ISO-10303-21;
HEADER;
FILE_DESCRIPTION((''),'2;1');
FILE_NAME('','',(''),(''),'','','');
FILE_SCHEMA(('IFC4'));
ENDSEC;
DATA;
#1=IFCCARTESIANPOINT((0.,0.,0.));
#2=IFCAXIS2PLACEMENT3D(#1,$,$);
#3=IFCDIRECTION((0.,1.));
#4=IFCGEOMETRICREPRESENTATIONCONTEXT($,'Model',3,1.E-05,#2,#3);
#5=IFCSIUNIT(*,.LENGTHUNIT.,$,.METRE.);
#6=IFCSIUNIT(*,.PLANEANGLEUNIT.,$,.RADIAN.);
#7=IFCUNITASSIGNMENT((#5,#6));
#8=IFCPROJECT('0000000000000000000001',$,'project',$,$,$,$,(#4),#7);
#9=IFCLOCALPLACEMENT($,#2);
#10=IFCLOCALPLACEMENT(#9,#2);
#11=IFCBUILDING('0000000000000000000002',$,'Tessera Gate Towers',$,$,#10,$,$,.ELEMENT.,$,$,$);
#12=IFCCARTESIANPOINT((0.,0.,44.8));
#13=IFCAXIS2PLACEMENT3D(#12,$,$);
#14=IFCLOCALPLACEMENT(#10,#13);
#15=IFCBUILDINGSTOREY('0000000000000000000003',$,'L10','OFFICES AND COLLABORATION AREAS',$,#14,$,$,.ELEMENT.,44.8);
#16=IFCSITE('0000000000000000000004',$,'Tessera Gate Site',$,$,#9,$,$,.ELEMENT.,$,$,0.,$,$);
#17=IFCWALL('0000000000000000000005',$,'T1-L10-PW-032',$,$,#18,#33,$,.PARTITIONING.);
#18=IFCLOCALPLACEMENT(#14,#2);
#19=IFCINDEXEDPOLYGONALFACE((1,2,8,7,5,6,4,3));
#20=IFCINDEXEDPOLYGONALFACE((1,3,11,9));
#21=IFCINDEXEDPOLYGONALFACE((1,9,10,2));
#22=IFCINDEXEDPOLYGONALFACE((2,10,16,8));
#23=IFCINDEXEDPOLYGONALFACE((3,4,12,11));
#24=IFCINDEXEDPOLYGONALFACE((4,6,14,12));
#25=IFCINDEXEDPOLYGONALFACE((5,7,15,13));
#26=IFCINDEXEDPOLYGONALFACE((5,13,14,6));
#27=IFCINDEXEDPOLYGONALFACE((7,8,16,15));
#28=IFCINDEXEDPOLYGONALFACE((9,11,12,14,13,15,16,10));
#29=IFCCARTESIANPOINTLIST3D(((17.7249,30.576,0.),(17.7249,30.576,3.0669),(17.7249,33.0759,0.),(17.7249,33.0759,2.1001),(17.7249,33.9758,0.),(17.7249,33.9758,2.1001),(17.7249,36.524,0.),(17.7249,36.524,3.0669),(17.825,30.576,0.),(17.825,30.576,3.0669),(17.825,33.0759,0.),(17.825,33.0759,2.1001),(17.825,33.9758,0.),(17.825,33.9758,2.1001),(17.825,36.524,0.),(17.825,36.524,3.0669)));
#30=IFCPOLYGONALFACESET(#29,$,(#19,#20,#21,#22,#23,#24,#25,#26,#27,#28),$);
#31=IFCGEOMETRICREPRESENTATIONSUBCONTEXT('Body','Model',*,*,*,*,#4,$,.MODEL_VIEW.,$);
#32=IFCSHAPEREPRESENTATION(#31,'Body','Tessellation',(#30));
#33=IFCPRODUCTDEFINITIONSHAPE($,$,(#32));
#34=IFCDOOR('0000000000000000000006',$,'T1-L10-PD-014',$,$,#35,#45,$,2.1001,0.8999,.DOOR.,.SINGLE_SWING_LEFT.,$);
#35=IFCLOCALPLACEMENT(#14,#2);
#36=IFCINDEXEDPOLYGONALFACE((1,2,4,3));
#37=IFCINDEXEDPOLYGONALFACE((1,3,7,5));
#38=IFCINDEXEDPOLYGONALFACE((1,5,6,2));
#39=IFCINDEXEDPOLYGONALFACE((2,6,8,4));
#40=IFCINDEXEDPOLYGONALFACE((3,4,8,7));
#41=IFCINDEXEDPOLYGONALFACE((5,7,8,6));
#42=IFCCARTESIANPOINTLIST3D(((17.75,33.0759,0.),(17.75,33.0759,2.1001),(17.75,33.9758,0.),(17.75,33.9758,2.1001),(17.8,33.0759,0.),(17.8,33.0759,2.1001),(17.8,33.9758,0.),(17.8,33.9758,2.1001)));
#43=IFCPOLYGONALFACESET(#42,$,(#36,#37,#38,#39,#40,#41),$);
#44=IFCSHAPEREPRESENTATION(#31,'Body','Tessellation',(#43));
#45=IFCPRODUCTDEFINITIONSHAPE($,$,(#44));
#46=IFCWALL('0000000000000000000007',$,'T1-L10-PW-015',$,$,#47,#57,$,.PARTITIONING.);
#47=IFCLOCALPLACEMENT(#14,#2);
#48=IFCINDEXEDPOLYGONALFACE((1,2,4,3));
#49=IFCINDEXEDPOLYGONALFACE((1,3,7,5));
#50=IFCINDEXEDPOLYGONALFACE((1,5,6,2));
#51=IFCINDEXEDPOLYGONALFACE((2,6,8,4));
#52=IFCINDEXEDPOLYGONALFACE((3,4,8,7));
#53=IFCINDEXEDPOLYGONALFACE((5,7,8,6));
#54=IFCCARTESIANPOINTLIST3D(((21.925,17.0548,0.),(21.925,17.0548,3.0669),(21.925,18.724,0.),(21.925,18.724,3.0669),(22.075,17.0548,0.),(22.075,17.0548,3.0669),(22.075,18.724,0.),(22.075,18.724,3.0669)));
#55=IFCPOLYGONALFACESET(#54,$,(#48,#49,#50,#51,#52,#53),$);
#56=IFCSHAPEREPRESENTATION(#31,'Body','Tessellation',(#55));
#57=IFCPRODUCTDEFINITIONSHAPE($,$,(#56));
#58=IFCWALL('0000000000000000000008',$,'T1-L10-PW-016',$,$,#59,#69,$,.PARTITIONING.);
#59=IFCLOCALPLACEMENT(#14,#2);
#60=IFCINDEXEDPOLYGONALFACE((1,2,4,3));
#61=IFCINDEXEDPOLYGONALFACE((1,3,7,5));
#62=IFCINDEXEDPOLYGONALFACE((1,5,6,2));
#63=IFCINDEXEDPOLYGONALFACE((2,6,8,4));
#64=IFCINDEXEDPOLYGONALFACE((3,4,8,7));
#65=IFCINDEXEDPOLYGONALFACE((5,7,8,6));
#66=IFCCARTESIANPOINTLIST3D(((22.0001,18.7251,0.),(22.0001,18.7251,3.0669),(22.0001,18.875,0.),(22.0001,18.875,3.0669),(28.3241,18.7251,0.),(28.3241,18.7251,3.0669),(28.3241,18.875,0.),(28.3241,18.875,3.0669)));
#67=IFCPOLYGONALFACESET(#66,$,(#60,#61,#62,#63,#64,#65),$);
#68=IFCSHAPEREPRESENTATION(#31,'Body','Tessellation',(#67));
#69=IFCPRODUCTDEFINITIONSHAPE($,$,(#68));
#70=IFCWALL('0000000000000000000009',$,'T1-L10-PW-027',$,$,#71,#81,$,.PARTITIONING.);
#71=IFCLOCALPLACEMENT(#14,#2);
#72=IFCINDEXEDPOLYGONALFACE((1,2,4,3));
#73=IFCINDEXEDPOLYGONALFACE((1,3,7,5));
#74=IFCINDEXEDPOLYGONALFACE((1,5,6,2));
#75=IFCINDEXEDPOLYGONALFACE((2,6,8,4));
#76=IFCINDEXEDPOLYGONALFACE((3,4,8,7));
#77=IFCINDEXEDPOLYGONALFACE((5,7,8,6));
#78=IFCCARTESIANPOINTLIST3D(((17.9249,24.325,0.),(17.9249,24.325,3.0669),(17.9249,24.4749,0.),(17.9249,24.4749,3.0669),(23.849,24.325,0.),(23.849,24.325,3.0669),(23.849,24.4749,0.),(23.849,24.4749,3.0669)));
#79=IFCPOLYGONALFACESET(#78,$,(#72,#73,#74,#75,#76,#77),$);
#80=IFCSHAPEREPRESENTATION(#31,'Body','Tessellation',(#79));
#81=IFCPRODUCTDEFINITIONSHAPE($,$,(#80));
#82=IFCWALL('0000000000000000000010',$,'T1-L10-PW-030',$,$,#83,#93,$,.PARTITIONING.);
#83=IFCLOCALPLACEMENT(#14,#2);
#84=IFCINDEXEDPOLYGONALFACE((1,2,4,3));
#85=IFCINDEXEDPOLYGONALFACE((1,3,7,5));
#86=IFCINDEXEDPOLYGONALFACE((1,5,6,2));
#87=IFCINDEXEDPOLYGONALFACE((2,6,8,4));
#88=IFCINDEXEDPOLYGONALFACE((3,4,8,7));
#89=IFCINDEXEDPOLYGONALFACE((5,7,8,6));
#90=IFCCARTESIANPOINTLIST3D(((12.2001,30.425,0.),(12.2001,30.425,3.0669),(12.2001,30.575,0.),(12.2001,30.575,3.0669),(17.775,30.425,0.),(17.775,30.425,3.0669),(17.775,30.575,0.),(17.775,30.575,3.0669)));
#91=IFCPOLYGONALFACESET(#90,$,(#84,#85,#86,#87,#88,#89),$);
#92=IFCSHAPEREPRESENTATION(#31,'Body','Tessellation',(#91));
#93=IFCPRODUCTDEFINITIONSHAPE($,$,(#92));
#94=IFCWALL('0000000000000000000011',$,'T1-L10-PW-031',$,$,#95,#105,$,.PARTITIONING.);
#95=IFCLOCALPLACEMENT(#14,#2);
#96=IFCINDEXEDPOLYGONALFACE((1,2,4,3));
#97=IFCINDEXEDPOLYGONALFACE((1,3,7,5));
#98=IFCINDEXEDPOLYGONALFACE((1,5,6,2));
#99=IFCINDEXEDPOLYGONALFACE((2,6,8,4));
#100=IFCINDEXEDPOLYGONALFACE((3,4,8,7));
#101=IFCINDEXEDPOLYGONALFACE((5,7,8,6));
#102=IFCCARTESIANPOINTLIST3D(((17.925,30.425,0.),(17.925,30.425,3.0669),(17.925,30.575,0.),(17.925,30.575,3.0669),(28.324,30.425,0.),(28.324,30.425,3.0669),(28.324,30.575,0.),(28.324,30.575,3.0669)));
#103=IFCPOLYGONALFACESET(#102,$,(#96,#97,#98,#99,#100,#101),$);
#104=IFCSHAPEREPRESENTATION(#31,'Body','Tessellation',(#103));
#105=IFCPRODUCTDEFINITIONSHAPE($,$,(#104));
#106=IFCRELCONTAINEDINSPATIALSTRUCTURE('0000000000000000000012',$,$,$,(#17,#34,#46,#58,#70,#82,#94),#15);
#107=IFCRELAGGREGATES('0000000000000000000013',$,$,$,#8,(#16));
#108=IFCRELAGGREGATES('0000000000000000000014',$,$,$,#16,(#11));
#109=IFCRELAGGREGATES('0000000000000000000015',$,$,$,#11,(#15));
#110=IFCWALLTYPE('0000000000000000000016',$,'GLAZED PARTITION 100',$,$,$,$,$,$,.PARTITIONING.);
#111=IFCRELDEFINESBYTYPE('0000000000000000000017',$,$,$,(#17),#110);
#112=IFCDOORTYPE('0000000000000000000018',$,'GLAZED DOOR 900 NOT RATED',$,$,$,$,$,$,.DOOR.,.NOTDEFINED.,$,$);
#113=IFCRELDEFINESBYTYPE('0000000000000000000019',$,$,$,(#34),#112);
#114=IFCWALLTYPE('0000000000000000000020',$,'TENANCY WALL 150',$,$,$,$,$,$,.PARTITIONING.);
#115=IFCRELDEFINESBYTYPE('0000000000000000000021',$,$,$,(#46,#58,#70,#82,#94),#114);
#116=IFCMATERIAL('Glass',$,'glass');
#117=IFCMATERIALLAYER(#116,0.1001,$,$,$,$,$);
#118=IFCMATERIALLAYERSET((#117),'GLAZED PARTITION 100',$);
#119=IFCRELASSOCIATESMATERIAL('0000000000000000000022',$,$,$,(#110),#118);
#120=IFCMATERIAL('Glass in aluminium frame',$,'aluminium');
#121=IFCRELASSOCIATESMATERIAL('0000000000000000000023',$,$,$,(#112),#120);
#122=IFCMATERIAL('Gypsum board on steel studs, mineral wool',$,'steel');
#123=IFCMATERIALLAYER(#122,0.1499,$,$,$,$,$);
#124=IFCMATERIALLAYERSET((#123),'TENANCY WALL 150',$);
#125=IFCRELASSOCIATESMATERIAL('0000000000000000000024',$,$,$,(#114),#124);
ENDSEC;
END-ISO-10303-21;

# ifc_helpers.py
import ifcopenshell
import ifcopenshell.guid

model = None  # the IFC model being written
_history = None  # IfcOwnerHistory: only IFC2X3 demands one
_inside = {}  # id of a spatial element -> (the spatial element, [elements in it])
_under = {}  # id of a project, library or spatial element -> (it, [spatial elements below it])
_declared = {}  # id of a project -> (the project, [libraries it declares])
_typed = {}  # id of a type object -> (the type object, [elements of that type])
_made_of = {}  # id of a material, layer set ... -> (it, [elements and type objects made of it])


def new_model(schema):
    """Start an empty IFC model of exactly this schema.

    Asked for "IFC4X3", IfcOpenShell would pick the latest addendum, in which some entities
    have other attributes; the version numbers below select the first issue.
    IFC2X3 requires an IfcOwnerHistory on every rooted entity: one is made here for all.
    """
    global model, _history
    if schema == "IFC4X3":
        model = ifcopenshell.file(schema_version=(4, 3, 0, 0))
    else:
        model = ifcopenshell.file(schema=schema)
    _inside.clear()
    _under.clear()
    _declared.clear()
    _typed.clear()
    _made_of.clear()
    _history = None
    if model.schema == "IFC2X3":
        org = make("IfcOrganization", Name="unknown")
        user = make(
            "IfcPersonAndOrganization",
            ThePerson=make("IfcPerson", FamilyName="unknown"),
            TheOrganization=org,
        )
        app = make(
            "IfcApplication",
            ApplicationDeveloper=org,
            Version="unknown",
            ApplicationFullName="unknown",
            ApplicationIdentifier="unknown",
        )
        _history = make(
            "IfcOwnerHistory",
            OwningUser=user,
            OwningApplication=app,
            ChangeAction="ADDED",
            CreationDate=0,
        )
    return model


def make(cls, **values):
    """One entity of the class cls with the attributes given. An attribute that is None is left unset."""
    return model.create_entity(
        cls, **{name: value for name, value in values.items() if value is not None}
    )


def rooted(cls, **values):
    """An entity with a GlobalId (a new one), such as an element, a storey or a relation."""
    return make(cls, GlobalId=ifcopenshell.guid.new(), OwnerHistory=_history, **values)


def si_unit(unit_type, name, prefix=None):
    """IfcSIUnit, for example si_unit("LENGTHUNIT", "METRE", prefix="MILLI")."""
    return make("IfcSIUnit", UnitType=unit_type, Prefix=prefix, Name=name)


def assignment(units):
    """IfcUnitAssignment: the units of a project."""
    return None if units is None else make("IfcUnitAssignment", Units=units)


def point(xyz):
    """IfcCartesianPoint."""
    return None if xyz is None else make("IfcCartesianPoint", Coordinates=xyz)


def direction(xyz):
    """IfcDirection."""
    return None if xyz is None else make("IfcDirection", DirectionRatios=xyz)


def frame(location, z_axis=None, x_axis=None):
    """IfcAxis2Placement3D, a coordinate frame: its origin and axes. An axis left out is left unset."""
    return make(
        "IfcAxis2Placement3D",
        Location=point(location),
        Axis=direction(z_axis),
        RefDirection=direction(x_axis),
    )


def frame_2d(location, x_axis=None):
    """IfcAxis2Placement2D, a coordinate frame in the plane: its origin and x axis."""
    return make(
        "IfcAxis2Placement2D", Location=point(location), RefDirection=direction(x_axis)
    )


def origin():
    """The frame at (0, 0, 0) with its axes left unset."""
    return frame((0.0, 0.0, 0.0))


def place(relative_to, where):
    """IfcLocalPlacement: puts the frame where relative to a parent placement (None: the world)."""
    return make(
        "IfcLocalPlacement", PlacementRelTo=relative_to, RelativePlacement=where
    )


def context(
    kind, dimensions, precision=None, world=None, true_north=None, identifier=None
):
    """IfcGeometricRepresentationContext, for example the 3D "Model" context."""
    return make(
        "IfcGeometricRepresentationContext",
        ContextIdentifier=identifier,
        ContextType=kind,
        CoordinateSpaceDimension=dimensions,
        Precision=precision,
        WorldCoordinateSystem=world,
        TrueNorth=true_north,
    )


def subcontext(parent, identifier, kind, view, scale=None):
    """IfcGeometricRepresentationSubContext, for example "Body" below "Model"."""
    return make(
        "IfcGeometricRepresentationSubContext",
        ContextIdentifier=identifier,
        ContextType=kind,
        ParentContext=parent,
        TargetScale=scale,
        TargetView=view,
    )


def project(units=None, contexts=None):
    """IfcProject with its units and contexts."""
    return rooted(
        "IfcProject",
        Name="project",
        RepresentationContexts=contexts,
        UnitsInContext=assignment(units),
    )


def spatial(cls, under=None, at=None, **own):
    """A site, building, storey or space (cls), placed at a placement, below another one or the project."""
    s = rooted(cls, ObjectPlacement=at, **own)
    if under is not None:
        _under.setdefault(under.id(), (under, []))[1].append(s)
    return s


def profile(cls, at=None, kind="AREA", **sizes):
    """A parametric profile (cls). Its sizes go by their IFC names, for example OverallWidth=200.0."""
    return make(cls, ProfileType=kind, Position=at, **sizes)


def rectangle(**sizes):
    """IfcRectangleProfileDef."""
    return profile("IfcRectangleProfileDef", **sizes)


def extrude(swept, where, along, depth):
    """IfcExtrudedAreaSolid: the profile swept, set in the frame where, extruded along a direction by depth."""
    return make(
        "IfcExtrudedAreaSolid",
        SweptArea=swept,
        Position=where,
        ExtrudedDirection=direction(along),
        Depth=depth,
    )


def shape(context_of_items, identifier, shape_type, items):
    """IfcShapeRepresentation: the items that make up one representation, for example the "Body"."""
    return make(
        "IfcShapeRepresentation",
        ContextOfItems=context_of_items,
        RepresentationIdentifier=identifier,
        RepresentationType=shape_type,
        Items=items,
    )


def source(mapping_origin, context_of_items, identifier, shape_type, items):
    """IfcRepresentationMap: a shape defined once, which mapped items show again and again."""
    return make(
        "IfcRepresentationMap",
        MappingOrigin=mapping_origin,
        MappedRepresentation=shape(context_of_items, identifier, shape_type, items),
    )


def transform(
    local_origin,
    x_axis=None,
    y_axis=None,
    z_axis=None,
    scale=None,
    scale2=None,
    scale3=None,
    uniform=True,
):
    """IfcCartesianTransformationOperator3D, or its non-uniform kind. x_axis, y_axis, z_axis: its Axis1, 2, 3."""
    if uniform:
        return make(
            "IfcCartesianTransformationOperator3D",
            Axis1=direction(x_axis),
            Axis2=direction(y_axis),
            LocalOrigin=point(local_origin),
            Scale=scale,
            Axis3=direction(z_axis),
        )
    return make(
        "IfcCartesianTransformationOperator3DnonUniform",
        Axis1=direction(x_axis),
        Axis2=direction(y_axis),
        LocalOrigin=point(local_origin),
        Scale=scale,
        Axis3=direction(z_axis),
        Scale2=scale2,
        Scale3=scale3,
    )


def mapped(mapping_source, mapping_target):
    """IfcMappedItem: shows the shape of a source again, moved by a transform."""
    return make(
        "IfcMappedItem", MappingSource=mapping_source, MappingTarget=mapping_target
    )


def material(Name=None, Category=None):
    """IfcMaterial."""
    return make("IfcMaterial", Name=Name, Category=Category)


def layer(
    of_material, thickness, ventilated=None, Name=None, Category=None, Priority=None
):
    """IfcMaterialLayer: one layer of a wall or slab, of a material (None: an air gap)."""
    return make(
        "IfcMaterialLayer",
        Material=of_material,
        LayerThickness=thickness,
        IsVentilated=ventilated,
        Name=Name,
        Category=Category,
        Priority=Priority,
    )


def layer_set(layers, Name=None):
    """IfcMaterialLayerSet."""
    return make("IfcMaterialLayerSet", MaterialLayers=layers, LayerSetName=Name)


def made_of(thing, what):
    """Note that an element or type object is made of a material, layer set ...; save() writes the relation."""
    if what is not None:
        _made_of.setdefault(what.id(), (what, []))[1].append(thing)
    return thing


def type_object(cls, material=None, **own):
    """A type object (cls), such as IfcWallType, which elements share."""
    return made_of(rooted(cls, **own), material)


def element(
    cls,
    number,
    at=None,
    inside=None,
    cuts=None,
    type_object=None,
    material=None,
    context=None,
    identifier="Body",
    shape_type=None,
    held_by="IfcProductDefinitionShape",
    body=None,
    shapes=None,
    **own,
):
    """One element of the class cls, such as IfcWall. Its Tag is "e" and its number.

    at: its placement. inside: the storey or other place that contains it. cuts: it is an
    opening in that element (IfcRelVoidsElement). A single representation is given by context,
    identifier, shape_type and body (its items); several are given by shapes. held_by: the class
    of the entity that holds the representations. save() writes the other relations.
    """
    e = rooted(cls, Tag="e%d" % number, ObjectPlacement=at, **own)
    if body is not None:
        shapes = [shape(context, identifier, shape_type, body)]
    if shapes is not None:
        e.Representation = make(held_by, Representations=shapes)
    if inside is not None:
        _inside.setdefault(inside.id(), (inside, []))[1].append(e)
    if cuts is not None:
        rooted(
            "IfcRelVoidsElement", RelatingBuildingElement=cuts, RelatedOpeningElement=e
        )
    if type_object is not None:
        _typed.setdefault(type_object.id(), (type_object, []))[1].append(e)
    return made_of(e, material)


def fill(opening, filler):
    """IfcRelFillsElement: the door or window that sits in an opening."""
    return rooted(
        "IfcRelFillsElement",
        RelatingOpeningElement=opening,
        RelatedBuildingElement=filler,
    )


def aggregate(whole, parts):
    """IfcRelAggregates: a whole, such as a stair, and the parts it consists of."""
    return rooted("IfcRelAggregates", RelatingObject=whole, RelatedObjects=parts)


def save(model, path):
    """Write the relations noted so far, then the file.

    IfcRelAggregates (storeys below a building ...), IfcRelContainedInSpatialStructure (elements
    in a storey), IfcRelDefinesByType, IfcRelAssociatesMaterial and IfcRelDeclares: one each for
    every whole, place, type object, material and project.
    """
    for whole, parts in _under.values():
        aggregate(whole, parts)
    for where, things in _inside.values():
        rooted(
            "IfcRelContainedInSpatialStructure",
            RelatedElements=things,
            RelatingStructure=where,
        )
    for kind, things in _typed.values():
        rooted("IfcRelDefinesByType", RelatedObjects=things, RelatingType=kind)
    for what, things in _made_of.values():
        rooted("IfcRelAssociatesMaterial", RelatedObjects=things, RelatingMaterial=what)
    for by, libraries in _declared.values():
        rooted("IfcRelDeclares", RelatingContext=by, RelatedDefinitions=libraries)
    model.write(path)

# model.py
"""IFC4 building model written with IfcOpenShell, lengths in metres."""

from ifc_helpers import new_model, si_unit, direction, frame, frame_2d, origin, place, context, subcontext, project, spatial, rectangle, extrude, source, transform, mapped, material, layer, layer_set, type_object, element, fill, save


model = new_model("IFC4")

# Units and contexts
model_context = context("Model", 3, precision=1e-05, world=origin(), true_north=direction((0.0, 1.0)))
body_context = subcontext(model_context, "Body", "Model", "MODEL_VIEW")
ifc_project = project(units=[si_unit("LENGTHUNIT", "METRE"), si_unit("PLANEANGLEUNIT", "RADIAN")], contexts=[model_context])

# Site, building, storey
site_placement = place(None, origin())
site = spatial("IfcSite", under=ifc_project, at=site_placement, Name="Tessera Gate Site", CompositionType="ELEMENT", RefElevation=0.0)
building_placement = place(site_placement, origin())
building = spatial("IfcBuilding", under=site, at=building_placement, Name="Tessera Gate Towers", CompositionType="ELEMENT")
storey_placement = place(building_placement, frame((0.0, 0.0, 44.8)))
storey = spatial("IfcBuildingStorey", under=building, at=storey_placement, Name="L10", Description="OFFICES AND COLLABORATION AREAS", CompositionType="ELEMENT", Elevation=44.8)

# Shared definitions
ifc_material_1 = material(Name="Glass", Category="glass")
ifc_layer_1 = layer(ifc_material_1, 0.1001)
ifc_layer_set_1 = layer_set([ifc_layer_1], Name="GLAZED PARTITION 100")
wall_type_1 = type_object("IfcWallType", Name="GLAZED PARTITION 100", PredefinedType="PARTITIONING", material=ifc_layer_set_1)
shared_shape_1 = source(origin(), body_context, "Body", "SweptSolid", [
    extrude(rectangle(XDim=0.8999, YDim=2.1001, at=frame_2d((0.45, 1.05))), frame((0.0, 0.0601, 0.0), z_axis=(0.0, -1.0, 0.0), x_axis=(1.0, 0.0, 0.0)), (0.0, 0.0, 1.0), 0.1201),
])
ifc_material_2 = material(Name="Glass in aluminium frame", Category="aluminium")
door_type = type_object("IfcDoorType", Name="GLAZED DOOR 900 NOT RATED", OperationType="NOTDEFINED", PredefinedType="DOOR", material=ifc_material_2)
shared_shape_2 = source(origin(), body_context, "Body", "SweptSolid", [
    extrude(rectangle(XDim=0.8999, YDim=2.1001, at=frame_2d((0.45, 1.05))), frame((0.0, 0.0249, 0.0), z_axis=(0.0, -1.0, 0.0), x_axis=(1.0, 0.0, 0.0)), (0.0, 0.0, 1.0), 0.05),
])

# Wall, opening, door
wall_1_placement = place(storey_placement, frame((17.7749, 30.5759, 0.0), z_axis=(0.0, 0.0, 1.0), x_axis=(0.0, 1.0, 0.0)))
wall_1 = element("IfcWall", 1, at=wall_1_placement, inside=storey, type_object=wall_type_1, Name="T1-L10-PW-032", PredefinedType="PARTITIONING", context=body_context, shape_type="SweptSolid", body=[
    extrude(rectangle(XDim=5.948, YDim=0.1001, at=frame_2d((2.9741, 0.0))), origin(), (0.0, 0.0, 1.0), 3.0669),
])
opening_1_placement = place(wall_1_placement, frame((2.5, 0.0, 0.0)))
opening_1 = element("IfcOpeningElement", 2, at=opening_1_placement, cuts=wall_1, PredefinedType="OPENING", context=body_context, shape_type="MappedRepresentation", body=[
    mapped(shared_shape_1, transform((0.0, 0.0, 0.0), scale=1.0)),
])
door_1_placement = place(opening_1_placement, origin())
door_1 = element("IfcDoor", 3, at=door_1_placement, inside=storey, type_object=door_type, Name="T1-L10-PD-014", OperationType="SINGLE_SWING_LEFT", OverallHeight=2.1001, OverallWidth=0.8999, PredefinedType="DOOR", context=body_context, shape_type="MappedRepresentation", body=[
    mapped(shared_shape_2, transform((0.0, 0.0, 0.0), scale=1.0)),
])
fill(opening_1, door_1)

# Walls
ifc_material_3 = material(Name="Gypsum board on steel studs, mineral wool", Category="steel")
ifc_layer_2 = layer(ifc_material_3, 0.1499)
ifc_layer_set_2 = layer_set([ifc_layer_2], Name="TENANCY WALL 150")
wall_type_2 = type_object("IfcWallType", Name="TENANCY WALL 150", PredefinedType="PARTITIONING", material=ifc_layer_set_2)
wall_2_placement = place(storey_placement, frame((22.0, 17.0549, 0.0), z_axis=(0.0, 0.0, 1.0), x_axis=(0.0, 1.0, 0.0)))
element("IfcWall", 4, at=wall_2_placement, inside=storey, type_object=wall_type_2, Name="T1-L10-PW-015", PredefinedType="PARTITIONING", context=body_context, shape_type="SweptSolid", body=[
    extrude(rectangle(XDim=1.6692, YDim=0.1499, at=frame_2d((0.8345, 0.0))), origin(), (0.0, 0.0, 1.0), 3.0669),
])
wall_3_placement = place(storey_placement, frame((22.0, 18.8, 0.0), z_axis=(0.0, 0.0, 1.0), x_axis=(1.0, 0.0, 0.0)))
element("IfcWall", 5, at=wall_3_placement, inside=storey, type_object=wall_type_2, Name="T1-L10-PW-016", PredefinedType="PARTITIONING", context=body_context, shape_type="SweptSolid", body=[
    extrude(rectangle(XDim=6.324, YDim=0.1499, at=frame_2d((3.1621, 0.0))), origin(), (0.0, 0.0, 1.0), 3.0669),
])
wall_4_placement = place(storey_placement, frame((17.925, 24.3999, 0.0), z_axis=(0.0, 0.0, 1.0), x_axis=(1.0, 0.0, 0.0)))
element("IfcWall", 6, at=wall_4_placement, inside=storey, type_object=wall_type_2, Name="T1-L10-PW-027", PredefinedType="PARTITIONING", context=body_context, shape_type="SweptSolid", body=[
    extrude(rectangle(XDim=5.9241, YDim=0.1499, at=frame_2d((2.9619, 0.0))), origin(), (0.0, 0.0, 1.0), 3.0669),
])
wall_5_placement = place(storey_placement, frame((12.2, 30.5, 0.0), z_axis=(0.0, 0.0, 1.0), x_axis=(1.0, 0.0, 0.0)))
element("IfcWall", 7, at=wall_5_placement, inside=storey, type_object=wall_type_2, Name="T1-L10-PW-030", PredefinedType="PARTITIONING", context=body_context, shape_type="SweptSolid", body=[
    extrude(rectangle(XDim=5.575, YDim=0.1499, at=frame_2d((2.7876, 0.0))), origin(), (0.0, 0.0, 1.0), 3.0669),
])
wall_6_placement = place(storey_placement, frame((17.925, 30.5, 0.0), z_axis=(0.0, 0.0, 1.0), x_axis=(1.0, 0.0, 0.0)))
element("IfcWall", 8, at=wall_6_placement, inside=storey, type_object=wall_type_2, Name="T1-L10-PW-031", PredefinedType="PARTITIONING", context=body_context, shape_type="SweptSolid", body=[
    extrude(rectangle(XDim=10.3989, YDim=0.1499, at=frame_2d((5.1995, 0.0))), origin(), (0.0, 0.0, 1.0), 3.0669),
])

save(model, "model.ifc")
